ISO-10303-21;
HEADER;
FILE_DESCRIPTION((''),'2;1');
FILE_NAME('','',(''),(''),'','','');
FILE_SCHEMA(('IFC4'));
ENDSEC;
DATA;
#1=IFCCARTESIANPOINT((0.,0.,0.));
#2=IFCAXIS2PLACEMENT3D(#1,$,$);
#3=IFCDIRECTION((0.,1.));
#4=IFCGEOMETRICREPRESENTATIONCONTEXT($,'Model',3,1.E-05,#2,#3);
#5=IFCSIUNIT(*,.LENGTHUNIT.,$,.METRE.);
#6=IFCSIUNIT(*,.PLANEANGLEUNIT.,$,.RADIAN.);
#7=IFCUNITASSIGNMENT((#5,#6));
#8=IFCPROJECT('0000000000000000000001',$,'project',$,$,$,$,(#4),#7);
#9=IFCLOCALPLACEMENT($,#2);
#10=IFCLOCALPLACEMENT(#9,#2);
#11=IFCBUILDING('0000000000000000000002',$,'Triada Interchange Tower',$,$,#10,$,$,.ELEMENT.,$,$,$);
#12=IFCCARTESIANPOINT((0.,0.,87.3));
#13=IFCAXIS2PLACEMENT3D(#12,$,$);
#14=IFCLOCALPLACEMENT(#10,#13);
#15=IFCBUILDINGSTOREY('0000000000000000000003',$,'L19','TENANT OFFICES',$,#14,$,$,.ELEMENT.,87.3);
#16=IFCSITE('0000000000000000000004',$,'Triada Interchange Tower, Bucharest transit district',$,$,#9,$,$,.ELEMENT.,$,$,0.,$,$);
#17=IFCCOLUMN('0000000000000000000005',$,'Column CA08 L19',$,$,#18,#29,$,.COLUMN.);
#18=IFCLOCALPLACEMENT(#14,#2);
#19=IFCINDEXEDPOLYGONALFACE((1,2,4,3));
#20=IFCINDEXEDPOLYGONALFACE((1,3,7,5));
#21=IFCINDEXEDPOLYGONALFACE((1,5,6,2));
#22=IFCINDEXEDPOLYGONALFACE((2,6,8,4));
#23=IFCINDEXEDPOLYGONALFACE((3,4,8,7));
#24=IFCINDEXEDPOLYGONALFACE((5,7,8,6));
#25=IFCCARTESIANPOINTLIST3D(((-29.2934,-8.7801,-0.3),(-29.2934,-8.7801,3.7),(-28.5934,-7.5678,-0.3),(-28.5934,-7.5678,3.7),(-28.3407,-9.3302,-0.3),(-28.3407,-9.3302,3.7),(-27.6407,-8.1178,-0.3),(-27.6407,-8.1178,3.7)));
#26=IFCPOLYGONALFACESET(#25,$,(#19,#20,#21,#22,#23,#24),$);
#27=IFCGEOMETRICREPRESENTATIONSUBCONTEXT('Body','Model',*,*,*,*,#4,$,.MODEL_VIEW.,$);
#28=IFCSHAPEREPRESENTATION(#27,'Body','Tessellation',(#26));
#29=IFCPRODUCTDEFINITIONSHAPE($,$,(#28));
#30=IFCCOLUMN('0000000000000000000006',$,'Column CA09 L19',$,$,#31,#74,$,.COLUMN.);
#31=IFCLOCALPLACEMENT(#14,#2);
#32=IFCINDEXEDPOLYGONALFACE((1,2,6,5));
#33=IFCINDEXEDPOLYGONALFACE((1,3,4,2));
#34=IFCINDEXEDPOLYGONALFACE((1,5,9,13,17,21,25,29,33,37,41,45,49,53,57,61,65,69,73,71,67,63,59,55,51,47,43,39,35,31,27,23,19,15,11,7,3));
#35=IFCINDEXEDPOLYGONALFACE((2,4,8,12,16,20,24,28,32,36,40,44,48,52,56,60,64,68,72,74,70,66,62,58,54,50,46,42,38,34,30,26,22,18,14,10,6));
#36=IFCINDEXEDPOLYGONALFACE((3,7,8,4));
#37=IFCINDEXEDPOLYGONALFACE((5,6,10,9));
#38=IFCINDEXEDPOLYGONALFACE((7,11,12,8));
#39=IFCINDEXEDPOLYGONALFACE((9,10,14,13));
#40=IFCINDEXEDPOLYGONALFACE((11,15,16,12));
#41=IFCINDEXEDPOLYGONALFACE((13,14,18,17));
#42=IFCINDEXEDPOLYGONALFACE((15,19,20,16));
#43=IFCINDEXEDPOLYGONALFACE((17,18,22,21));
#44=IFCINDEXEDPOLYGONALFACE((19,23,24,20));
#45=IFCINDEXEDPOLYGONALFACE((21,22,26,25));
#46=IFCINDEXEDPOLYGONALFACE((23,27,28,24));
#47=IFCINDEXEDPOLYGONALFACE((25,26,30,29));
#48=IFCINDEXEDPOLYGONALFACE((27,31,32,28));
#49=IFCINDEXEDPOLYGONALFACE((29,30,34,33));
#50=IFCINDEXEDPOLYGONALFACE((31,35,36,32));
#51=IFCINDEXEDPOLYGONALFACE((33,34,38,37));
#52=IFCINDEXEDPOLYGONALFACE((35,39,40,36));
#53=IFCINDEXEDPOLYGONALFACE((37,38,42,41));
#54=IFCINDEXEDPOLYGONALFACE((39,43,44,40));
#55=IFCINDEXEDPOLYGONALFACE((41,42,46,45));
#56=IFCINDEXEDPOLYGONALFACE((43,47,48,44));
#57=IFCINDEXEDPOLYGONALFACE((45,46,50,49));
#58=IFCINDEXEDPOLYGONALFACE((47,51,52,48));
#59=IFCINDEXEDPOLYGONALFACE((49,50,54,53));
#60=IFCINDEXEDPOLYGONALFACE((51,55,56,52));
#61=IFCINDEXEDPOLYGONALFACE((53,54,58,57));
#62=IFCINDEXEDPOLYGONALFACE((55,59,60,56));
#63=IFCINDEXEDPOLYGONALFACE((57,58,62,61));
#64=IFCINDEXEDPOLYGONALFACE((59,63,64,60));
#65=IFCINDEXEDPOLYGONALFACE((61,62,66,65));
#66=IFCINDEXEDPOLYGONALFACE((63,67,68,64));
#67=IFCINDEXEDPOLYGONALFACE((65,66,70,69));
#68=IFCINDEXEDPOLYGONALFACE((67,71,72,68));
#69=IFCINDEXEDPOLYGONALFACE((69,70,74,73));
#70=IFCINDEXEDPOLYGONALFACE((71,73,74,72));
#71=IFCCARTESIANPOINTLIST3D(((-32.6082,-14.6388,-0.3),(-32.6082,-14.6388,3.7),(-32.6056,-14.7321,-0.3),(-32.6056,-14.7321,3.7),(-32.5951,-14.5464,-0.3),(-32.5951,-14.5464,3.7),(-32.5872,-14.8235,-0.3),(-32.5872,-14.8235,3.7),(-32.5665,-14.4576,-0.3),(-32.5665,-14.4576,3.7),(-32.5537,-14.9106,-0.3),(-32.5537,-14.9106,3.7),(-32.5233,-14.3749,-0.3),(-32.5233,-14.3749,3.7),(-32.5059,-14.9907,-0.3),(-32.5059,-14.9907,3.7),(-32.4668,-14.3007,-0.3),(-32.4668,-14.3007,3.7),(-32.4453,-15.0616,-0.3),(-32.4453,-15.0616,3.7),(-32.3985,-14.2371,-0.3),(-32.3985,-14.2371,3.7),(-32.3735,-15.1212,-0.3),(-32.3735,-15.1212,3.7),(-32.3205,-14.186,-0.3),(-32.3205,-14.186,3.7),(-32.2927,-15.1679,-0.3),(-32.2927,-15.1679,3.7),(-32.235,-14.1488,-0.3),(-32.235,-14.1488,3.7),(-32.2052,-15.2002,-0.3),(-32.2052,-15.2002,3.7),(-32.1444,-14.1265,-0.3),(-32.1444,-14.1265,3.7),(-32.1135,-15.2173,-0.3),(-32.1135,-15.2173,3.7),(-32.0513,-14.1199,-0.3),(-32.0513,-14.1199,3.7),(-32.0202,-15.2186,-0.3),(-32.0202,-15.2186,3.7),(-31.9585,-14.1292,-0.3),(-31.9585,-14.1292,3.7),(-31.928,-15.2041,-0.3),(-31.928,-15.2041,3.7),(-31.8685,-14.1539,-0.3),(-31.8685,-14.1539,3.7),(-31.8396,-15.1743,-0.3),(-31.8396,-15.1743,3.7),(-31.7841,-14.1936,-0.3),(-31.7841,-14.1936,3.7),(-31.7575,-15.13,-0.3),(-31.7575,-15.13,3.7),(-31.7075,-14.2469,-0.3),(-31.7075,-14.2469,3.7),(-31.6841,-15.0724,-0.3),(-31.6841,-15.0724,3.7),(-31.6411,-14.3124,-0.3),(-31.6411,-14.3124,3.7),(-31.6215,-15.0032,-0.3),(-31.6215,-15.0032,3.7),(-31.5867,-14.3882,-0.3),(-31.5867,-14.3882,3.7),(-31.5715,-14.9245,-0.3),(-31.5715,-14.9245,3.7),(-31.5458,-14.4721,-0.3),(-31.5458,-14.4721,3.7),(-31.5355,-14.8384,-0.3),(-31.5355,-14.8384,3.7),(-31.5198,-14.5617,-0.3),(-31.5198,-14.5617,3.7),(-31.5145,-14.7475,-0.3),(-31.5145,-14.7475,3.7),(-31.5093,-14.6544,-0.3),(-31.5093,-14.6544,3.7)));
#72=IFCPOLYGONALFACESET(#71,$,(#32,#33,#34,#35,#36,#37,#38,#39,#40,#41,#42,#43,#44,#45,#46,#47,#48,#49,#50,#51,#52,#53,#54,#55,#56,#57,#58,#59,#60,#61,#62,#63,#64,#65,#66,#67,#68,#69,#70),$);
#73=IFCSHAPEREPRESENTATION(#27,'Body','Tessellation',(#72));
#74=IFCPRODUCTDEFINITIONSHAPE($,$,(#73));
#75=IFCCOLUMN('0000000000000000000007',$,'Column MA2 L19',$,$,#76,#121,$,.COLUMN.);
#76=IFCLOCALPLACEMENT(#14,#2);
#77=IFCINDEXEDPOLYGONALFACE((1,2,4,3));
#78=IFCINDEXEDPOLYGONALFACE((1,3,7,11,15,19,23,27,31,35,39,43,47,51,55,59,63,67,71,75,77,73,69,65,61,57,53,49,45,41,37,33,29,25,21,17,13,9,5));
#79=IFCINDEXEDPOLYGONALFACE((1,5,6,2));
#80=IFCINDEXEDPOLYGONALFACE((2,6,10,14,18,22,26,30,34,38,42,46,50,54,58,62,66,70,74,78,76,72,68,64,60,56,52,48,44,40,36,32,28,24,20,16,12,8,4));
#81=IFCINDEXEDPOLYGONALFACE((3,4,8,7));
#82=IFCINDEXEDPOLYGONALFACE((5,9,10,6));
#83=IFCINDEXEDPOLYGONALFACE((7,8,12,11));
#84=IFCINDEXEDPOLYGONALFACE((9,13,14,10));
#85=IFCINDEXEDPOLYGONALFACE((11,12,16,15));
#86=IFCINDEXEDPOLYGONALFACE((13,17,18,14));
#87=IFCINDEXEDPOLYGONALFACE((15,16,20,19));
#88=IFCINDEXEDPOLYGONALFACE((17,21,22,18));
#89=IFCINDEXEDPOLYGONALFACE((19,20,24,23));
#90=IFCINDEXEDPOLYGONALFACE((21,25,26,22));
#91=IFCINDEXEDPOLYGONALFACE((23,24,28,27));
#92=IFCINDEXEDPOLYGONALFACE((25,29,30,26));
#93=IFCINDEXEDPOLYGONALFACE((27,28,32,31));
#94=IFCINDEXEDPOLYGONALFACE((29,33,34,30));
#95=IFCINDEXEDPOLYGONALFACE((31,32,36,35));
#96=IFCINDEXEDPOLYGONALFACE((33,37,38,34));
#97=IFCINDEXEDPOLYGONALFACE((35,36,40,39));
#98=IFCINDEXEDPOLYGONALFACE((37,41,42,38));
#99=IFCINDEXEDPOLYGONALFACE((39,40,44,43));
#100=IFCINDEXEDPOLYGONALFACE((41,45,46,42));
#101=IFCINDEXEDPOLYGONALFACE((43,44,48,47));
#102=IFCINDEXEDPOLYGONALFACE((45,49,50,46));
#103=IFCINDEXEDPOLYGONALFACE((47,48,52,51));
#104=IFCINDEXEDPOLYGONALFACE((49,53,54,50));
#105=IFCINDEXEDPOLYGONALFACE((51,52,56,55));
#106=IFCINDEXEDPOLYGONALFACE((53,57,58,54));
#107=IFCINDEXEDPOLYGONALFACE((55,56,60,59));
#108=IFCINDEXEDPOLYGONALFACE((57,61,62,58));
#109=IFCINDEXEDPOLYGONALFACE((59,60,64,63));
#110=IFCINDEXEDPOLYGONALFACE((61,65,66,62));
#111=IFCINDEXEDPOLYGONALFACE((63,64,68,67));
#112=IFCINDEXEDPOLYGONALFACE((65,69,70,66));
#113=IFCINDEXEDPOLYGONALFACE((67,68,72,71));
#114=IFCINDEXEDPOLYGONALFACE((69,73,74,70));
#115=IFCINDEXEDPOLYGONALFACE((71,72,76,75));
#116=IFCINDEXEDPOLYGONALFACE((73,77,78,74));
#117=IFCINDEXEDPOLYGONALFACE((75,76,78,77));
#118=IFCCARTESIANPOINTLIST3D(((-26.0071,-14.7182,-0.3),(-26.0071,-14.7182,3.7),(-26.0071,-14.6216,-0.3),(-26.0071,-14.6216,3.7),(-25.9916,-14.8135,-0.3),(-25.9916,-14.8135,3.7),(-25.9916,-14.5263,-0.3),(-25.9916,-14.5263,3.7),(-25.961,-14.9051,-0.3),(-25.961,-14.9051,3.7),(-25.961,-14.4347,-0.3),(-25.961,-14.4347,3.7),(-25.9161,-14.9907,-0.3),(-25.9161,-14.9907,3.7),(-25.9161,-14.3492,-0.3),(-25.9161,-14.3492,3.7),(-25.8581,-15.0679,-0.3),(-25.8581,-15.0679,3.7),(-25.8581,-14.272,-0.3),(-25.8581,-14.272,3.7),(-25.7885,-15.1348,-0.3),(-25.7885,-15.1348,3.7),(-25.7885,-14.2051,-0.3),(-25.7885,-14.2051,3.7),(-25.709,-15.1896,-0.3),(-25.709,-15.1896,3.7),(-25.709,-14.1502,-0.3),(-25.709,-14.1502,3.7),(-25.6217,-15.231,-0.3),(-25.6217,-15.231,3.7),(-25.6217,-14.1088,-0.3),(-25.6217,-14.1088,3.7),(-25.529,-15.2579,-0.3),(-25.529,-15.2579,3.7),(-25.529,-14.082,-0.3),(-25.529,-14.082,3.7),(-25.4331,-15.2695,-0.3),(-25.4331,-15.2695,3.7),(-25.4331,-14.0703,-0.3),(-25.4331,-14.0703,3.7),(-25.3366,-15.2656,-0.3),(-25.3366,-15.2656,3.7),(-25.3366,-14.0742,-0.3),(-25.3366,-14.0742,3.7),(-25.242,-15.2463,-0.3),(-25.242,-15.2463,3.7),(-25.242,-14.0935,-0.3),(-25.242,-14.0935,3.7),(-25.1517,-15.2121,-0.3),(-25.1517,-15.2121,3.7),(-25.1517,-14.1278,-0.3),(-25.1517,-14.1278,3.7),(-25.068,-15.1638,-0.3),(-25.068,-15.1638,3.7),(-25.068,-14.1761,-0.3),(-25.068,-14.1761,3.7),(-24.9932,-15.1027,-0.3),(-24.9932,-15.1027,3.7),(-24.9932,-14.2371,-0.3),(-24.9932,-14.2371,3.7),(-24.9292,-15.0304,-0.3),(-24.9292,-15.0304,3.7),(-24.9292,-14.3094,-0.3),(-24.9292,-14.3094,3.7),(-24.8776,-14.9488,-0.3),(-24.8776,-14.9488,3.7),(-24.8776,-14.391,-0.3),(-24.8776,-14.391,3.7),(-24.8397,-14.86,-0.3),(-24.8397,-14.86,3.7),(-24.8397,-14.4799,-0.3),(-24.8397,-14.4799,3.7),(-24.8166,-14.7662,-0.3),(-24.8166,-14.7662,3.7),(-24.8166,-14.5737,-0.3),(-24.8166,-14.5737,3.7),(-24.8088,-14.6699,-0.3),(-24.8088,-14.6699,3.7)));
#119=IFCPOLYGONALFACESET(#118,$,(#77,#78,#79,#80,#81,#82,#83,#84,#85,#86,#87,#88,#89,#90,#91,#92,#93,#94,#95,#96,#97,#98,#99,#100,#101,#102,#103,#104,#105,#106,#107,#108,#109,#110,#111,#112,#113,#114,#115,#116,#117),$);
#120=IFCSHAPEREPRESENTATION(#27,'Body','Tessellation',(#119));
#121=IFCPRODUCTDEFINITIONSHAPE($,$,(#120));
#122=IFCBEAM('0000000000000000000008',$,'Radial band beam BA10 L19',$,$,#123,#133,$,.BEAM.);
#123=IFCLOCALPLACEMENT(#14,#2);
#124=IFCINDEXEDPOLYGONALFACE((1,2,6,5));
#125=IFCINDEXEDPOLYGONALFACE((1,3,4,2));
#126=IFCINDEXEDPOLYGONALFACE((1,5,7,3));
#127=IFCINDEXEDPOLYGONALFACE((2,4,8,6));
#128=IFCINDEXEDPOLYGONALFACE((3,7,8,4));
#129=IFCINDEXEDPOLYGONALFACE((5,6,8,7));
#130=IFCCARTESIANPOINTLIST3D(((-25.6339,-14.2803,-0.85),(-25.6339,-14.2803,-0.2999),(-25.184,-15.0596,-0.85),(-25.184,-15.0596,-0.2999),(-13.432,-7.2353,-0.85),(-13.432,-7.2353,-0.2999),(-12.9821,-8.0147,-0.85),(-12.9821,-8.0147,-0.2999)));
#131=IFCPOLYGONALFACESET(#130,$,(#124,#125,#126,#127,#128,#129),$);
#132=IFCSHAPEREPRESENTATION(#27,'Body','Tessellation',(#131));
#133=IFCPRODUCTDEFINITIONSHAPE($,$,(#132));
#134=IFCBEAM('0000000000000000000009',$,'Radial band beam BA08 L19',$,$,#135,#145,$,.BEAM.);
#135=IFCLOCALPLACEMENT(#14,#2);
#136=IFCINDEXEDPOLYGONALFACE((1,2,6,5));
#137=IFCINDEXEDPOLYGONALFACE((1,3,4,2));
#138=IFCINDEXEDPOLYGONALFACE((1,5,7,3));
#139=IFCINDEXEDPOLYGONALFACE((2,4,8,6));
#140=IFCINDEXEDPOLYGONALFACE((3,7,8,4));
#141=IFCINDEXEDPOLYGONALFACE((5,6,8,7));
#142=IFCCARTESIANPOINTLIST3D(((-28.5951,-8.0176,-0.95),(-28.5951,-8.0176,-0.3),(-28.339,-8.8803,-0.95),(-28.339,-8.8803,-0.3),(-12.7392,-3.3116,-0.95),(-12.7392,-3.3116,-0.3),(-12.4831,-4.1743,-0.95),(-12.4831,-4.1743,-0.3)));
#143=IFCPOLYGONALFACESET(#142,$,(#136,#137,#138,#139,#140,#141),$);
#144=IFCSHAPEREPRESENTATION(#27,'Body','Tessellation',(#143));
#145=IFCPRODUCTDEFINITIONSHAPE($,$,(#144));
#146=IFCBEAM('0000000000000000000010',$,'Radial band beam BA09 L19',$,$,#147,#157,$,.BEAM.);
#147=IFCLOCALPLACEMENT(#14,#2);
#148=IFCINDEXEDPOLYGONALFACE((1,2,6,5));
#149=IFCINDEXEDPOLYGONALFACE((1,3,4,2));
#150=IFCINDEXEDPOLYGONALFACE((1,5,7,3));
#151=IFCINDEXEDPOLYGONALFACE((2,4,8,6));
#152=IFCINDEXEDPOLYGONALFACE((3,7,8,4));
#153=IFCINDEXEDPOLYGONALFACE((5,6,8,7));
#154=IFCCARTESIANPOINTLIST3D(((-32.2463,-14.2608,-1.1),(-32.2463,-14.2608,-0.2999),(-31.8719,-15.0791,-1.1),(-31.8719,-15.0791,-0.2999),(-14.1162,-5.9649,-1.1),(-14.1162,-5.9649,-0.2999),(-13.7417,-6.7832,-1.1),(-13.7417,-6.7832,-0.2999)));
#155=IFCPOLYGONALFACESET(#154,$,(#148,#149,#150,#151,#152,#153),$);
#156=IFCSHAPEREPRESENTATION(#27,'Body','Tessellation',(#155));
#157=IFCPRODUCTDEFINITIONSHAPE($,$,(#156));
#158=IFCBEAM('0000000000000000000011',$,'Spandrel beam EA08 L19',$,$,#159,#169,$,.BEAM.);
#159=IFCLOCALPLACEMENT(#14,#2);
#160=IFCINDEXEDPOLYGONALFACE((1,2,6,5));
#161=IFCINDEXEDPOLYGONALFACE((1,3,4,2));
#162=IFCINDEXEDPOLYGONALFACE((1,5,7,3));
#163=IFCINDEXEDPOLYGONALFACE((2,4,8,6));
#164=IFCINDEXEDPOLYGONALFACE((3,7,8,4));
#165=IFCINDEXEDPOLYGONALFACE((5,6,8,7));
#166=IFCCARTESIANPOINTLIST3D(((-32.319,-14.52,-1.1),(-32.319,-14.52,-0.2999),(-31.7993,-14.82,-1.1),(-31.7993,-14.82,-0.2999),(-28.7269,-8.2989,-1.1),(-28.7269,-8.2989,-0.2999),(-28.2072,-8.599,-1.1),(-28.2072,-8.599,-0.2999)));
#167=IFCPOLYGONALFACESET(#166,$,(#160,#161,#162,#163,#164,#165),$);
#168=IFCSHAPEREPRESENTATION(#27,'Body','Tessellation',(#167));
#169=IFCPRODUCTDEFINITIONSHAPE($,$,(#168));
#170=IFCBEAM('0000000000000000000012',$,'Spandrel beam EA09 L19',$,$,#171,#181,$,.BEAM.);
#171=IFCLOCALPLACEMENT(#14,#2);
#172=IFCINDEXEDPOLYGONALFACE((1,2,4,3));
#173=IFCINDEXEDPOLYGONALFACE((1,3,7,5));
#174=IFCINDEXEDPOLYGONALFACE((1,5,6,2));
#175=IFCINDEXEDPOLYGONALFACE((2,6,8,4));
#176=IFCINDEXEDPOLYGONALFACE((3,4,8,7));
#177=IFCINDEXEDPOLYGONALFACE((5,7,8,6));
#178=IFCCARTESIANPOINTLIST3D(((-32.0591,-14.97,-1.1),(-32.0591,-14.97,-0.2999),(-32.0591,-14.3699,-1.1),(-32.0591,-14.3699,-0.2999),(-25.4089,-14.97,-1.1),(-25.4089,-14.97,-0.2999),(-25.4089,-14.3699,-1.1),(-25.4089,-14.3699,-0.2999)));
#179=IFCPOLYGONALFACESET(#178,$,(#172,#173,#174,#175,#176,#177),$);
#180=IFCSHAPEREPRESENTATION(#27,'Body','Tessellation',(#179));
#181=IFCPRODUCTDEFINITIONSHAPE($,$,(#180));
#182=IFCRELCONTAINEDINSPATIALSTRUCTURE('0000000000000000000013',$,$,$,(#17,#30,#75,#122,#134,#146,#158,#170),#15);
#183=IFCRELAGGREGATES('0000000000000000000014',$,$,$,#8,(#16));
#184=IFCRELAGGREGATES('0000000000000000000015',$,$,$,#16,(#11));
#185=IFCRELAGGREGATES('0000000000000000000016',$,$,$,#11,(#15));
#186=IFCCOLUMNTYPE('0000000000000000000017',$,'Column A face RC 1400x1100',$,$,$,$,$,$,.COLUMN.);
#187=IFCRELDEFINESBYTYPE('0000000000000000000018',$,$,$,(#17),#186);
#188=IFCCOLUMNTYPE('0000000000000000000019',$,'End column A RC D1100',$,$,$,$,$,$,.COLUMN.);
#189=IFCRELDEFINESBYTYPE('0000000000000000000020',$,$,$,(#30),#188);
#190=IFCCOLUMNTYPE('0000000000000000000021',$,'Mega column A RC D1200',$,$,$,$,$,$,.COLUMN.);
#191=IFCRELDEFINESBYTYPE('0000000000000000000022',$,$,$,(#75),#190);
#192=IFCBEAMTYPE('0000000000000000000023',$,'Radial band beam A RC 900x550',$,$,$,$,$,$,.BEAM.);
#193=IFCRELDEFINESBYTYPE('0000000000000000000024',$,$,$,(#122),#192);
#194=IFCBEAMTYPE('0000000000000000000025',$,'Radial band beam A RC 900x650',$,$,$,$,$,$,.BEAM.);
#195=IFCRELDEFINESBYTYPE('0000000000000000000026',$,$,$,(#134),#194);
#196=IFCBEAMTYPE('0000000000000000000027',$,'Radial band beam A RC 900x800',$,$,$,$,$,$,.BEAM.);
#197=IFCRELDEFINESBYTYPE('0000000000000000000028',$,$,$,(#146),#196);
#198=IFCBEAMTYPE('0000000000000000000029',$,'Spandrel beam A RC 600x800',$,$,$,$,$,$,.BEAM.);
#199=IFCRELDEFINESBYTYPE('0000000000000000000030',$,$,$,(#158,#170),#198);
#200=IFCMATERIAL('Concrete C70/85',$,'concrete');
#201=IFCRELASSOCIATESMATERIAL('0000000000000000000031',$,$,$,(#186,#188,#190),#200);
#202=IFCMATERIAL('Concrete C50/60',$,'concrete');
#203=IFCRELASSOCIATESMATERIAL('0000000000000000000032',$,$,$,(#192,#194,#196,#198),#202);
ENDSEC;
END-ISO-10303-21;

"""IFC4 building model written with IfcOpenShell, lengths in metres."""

from ifc_helpers import new_model, si_unit, direction, frame, origin, origin_2d, place, context, subcontext, project, spatial, rectangle, circle, extrude, material, material_profile, profile_set, type_object, element, save


model = new_model("IFC4")

# Units and contexts
model_context = context("Model", 3, precision=1e-05, world=origin(), true_north=direction((0.0, 1.0)))
body_context = subcontext(model_context, "Body", "Model", "MODEL_VIEW")
ifc_project = project(units=[si_unit("LENGTHUNIT", "METRE"), si_unit("PLANEANGLEUNIT", "RADIAN")], contexts=[model_context])

# Site, building, storey
site_placement = place(None, origin())
site = spatial("IfcSite", under=ifc_project, at=site_placement, Name="Triada Interchange Tower, Bucharest transit district", CompositionType="ELEMENT", RefElevation=0.0)
building_placement = place(site_placement, origin())
building = spatial("IfcBuilding", under=site, at=building_placement, Name="Triada Interchange Tower", CompositionType="ELEMENT")
storey_placement = place(building_placement, frame((0.0, 0.0, 87.3)))
storey = spatial("IfcBuildingStorey", under=building, at=storey_placement, Name="L19", Description="TENANT OFFICES", CompositionType="ELEMENT", Elevation=87.3)

# Columns
ifc_material_1 = material(Name="Concrete C70/85", Category="concrete")
ifc_material_profile_1 = material_profile(ifc_material_1, rectangle(XDim=1.3999, YDim=1.1001, at=origin_2d()), Name="RC 1400x1100")
ifc_profile_set_1 = profile_set([ifc_material_profile_1], Name="Concrete C70/85")
column_type_1 = type_object("IfcColumnType", Name="Column A face RC 1400x1100", PredefinedType="COLUMN", material=ifc_profile_set_1)
column_1_placement = place(storey_placement, frame((-28.467, -8.449, -0.3), z_axis=(0.0, 0.0, 1.0), x_axis=(0.5, 0.866025, 0.0)))
element("IfcColumn", 1, at=column_1_placement, inside=storey, type_object=column_type_1, Name="Column CA08 L19", PredefinedType="COLUMN", context=body_context, shape_type="SweptSolid", body=[
    extrude(rectangle(XDim=1.3999, YDim=1.1001, at=origin_2d()), origin(), (0.0, 0.0, 1.0), 4.0),
])
ifc_material_profile_2 = material_profile(ifc_material_1, circle(Radius=0.55, at=origin_2d()), Name="RC D1100")
ifc_profile_set_2 = profile_set([ifc_material_profile_2], Name="Concrete C70/85")
column_type_2 = type_object("IfcColumnType", Name="End column A RC D1100", PredefinedType="COLUMN", material=ifc_profile_set_2)
column_2_placement = place(storey_placement, frame((-32.0591, -14.6699, -0.3), z_axis=(0.0, 0.0, 1.0), x_axis=(0.5, 0.866025, 0.0)))
element("IfcColumn", 2, at=column_2_placement, inside=storey, type_object=column_type_2, Name="Column CA09 L19", PredefinedType="COLUMN", context=body_context, shape_type="SweptSolid", body=[
    extrude(circle(Radius=0.55, at=origin_2d()), origin(), (0.0, 0.0, 1.0), 4.0),
])
ifc_material_profile_3 = material_profile(ifc_material_1, circle(Radius=0.6001, at=origin_2d()), Name="RC D1200")
ifc_profile_set_3 = profile_set([ifc_material_profile_3], Name="Concrete C70/85")
column_type_3 = type_object("IfcColumnType", Name="Mega column A RC D1200", PredefinedType="COLUMN", material=ifc_profile_set_3)
column_3_placement = place(storey_placement, frame((-25.4089, -14.6699, -0.3), z_axis=(0.0, 0.0, 1.0), x_axis=(1.0, 0.0, 0.0)))
element("IfcColumn", 3, at=column_3_placement, inside=storey, type_object=column_type_3, Name="Column MA2 L19", PredefinedType="COLUMN", context=body_context, shape_type="SweptSolid", body=[
    extrude(circle(Radius=0.6001, at=origin_2d()), origin(), (0.0, 0.0, 1.0), 4.0),
])

# Beams
ifc_material_2 = material(Name="Concrete C50/60", Category="concrete")
ifc_material_profile_4 = material_profile(ifc_material_2, rectangle(XDim=0.8999, YDim=0.55, at=origin_2d()), Name="RC 900x550")
ifc_profile_set_4 = profile_set([ifc_material_profile_4], Name="Concrete C50/60")
beam_type_1 = type_object("IfcBeamType", Name="Radial band beam A RC 900x550", PredefinedType="BEAM", material=ifc_profile_set_4)
beam_1_placement = place(storey_placement, frame((-25.4089, -14.6699, -0.575), z_axis=(0.866021, 0.500008, 0.0), x_axis=(-0.500008, 0.866021, 0.0)))
element("IfcBeam", 4, at=beam_1_placement, inside=storey, type_object=beam_type_1, Name="Radial band beam BA10 L19", PredefinedType="BEAM", context=body_context, shape_type="SweptSolid", body=[
    extrude(rectangle(XDim=0.8999, YDim=0.55, at=origin_2d()), origin(), (0.0, 0.0, 1.0), 14.0896),
])
ifc_material_profile_5 = material_profile(ifc_material_2, rectangle(XDim=0.8999, YDim=0.6499, at=origin_2d()), Name="RC 900x650")
ifc_profile_set_5 = profile_set([ifc_material_profile_5], Name="Concrete C50/60")
beam_type_2 = type_object("IfcBeamType", Name="Radial band beam A RC 900x650", PredefinedType="BEAM", material=ifc_profile_set_5)
beam_2_placement = place(storey_placement, frame((-28.467, -8.449, -0.625), z_axis=(0.958666, 0.284533, 0.0), x_axis=(-0.284533, 0.958666, 0.0)))
element("IfcBeam", 5, at=beam_2_placement, inside=storey, type_object=beam_type_2, Name="Radial band beam BA08 L19", PredefinedType="BEAM", context=body_context, shape_type="SweptSolid", body=[
    extrude(rectangle(XDim=0.8999, YDim=0.6499, at=origin_2d()), origin(), (0.0, 0.0, 1.0), 16.5396),
])
ifc_material_profile_6 = material_profile(ifc_material_2, rectangle(XDim=0.8999, YDim=0.8, at=origin_2d()), Name="RC 900x800")
ifc_profile_set_6 = profile_set([ifc_material_profile_6], Name="Concrete C50/60")
beam_type_3 = type_object("IfcBeamType", Name="Radial band beam A RC 900x800", PredefinedType="BEAM", material=ifc_profile_set_6)
beam_3_placement = place(storey_placement, frame((-32.0591, -14.6699, -0.7), z_axis=(0.909326, 0.416085, 0.0), x_axis=(-0.416085, 0.909326, 0.0)))
element("IfcBeam", 6, at=beam_3_placement, inside=storey, type_object=beam_type_3, Name="Radial band beam BA09 L19", PredefinedType="BEAM", context=body_context, shape_type="SweptSolid", body=[
    extrude(rectangle(XDim=0.8999, YDim=0.8, at=origin_2d()), origin(), (0.0, 0.0, 1.0), 19.938),
])
ifc_material_profile_7 = material_profile(ifc_material_2, rectangle(XDim=0.6001, YDim=0.8, at=origin_2d()), Name="RC 600x800")
ifc_profile_set_7 = profile_set([ifc_material_profile_7], Name="Concrete C50/60")
beam_type_4 = type_object("IfcBeamType", Name="Spandrel beam A RC 600x800", PredefinedType="BEAM", material=ifc_profile_set_7)
beam_4_placement = place(storey_placement, frame((-28.467, -8.449, -0.7), z_axis=(-0.500039, -0.866003, 0.0), x_axis=(0.866003, -0.500039, 0.0)))
element("IfcBeam", 7, at=beam_4_placement, inside=storey, type_object=beam_type_4, Name="Spandrel beam EA08 L19", PredefinedType="BEAM", context=body_context, shape_type="SweptSolid", body=[
    extrude(rectangle(XDim=0.6001, YDim=0.8, at=origin_2d()), origin(), (0.0, 0.0, 1.0), 7.1836),
])
beam_5_placement = place(storey_placement, frame((-32.0591, -14.6699, -0.7), z_axis=(1.0, 0.0, 0.0), x_axis=(0.0, 1.0, 0.0)))
element("IfcBeam", 8, at=beam_5_placement, inside=storey, type_object=beam_type_4, Name="Spandrel beam EA09 L19", PredefinedType="BEAM", context=body_context, shape_type="SweptSolid", body=[
    extrude(rectangle(XDim=0.6001, YDim=0.8, at=origin_2d()), origin(), (0.0, 0.0, 1.0), 6.6501),
])

save(model, "model.ifc")
